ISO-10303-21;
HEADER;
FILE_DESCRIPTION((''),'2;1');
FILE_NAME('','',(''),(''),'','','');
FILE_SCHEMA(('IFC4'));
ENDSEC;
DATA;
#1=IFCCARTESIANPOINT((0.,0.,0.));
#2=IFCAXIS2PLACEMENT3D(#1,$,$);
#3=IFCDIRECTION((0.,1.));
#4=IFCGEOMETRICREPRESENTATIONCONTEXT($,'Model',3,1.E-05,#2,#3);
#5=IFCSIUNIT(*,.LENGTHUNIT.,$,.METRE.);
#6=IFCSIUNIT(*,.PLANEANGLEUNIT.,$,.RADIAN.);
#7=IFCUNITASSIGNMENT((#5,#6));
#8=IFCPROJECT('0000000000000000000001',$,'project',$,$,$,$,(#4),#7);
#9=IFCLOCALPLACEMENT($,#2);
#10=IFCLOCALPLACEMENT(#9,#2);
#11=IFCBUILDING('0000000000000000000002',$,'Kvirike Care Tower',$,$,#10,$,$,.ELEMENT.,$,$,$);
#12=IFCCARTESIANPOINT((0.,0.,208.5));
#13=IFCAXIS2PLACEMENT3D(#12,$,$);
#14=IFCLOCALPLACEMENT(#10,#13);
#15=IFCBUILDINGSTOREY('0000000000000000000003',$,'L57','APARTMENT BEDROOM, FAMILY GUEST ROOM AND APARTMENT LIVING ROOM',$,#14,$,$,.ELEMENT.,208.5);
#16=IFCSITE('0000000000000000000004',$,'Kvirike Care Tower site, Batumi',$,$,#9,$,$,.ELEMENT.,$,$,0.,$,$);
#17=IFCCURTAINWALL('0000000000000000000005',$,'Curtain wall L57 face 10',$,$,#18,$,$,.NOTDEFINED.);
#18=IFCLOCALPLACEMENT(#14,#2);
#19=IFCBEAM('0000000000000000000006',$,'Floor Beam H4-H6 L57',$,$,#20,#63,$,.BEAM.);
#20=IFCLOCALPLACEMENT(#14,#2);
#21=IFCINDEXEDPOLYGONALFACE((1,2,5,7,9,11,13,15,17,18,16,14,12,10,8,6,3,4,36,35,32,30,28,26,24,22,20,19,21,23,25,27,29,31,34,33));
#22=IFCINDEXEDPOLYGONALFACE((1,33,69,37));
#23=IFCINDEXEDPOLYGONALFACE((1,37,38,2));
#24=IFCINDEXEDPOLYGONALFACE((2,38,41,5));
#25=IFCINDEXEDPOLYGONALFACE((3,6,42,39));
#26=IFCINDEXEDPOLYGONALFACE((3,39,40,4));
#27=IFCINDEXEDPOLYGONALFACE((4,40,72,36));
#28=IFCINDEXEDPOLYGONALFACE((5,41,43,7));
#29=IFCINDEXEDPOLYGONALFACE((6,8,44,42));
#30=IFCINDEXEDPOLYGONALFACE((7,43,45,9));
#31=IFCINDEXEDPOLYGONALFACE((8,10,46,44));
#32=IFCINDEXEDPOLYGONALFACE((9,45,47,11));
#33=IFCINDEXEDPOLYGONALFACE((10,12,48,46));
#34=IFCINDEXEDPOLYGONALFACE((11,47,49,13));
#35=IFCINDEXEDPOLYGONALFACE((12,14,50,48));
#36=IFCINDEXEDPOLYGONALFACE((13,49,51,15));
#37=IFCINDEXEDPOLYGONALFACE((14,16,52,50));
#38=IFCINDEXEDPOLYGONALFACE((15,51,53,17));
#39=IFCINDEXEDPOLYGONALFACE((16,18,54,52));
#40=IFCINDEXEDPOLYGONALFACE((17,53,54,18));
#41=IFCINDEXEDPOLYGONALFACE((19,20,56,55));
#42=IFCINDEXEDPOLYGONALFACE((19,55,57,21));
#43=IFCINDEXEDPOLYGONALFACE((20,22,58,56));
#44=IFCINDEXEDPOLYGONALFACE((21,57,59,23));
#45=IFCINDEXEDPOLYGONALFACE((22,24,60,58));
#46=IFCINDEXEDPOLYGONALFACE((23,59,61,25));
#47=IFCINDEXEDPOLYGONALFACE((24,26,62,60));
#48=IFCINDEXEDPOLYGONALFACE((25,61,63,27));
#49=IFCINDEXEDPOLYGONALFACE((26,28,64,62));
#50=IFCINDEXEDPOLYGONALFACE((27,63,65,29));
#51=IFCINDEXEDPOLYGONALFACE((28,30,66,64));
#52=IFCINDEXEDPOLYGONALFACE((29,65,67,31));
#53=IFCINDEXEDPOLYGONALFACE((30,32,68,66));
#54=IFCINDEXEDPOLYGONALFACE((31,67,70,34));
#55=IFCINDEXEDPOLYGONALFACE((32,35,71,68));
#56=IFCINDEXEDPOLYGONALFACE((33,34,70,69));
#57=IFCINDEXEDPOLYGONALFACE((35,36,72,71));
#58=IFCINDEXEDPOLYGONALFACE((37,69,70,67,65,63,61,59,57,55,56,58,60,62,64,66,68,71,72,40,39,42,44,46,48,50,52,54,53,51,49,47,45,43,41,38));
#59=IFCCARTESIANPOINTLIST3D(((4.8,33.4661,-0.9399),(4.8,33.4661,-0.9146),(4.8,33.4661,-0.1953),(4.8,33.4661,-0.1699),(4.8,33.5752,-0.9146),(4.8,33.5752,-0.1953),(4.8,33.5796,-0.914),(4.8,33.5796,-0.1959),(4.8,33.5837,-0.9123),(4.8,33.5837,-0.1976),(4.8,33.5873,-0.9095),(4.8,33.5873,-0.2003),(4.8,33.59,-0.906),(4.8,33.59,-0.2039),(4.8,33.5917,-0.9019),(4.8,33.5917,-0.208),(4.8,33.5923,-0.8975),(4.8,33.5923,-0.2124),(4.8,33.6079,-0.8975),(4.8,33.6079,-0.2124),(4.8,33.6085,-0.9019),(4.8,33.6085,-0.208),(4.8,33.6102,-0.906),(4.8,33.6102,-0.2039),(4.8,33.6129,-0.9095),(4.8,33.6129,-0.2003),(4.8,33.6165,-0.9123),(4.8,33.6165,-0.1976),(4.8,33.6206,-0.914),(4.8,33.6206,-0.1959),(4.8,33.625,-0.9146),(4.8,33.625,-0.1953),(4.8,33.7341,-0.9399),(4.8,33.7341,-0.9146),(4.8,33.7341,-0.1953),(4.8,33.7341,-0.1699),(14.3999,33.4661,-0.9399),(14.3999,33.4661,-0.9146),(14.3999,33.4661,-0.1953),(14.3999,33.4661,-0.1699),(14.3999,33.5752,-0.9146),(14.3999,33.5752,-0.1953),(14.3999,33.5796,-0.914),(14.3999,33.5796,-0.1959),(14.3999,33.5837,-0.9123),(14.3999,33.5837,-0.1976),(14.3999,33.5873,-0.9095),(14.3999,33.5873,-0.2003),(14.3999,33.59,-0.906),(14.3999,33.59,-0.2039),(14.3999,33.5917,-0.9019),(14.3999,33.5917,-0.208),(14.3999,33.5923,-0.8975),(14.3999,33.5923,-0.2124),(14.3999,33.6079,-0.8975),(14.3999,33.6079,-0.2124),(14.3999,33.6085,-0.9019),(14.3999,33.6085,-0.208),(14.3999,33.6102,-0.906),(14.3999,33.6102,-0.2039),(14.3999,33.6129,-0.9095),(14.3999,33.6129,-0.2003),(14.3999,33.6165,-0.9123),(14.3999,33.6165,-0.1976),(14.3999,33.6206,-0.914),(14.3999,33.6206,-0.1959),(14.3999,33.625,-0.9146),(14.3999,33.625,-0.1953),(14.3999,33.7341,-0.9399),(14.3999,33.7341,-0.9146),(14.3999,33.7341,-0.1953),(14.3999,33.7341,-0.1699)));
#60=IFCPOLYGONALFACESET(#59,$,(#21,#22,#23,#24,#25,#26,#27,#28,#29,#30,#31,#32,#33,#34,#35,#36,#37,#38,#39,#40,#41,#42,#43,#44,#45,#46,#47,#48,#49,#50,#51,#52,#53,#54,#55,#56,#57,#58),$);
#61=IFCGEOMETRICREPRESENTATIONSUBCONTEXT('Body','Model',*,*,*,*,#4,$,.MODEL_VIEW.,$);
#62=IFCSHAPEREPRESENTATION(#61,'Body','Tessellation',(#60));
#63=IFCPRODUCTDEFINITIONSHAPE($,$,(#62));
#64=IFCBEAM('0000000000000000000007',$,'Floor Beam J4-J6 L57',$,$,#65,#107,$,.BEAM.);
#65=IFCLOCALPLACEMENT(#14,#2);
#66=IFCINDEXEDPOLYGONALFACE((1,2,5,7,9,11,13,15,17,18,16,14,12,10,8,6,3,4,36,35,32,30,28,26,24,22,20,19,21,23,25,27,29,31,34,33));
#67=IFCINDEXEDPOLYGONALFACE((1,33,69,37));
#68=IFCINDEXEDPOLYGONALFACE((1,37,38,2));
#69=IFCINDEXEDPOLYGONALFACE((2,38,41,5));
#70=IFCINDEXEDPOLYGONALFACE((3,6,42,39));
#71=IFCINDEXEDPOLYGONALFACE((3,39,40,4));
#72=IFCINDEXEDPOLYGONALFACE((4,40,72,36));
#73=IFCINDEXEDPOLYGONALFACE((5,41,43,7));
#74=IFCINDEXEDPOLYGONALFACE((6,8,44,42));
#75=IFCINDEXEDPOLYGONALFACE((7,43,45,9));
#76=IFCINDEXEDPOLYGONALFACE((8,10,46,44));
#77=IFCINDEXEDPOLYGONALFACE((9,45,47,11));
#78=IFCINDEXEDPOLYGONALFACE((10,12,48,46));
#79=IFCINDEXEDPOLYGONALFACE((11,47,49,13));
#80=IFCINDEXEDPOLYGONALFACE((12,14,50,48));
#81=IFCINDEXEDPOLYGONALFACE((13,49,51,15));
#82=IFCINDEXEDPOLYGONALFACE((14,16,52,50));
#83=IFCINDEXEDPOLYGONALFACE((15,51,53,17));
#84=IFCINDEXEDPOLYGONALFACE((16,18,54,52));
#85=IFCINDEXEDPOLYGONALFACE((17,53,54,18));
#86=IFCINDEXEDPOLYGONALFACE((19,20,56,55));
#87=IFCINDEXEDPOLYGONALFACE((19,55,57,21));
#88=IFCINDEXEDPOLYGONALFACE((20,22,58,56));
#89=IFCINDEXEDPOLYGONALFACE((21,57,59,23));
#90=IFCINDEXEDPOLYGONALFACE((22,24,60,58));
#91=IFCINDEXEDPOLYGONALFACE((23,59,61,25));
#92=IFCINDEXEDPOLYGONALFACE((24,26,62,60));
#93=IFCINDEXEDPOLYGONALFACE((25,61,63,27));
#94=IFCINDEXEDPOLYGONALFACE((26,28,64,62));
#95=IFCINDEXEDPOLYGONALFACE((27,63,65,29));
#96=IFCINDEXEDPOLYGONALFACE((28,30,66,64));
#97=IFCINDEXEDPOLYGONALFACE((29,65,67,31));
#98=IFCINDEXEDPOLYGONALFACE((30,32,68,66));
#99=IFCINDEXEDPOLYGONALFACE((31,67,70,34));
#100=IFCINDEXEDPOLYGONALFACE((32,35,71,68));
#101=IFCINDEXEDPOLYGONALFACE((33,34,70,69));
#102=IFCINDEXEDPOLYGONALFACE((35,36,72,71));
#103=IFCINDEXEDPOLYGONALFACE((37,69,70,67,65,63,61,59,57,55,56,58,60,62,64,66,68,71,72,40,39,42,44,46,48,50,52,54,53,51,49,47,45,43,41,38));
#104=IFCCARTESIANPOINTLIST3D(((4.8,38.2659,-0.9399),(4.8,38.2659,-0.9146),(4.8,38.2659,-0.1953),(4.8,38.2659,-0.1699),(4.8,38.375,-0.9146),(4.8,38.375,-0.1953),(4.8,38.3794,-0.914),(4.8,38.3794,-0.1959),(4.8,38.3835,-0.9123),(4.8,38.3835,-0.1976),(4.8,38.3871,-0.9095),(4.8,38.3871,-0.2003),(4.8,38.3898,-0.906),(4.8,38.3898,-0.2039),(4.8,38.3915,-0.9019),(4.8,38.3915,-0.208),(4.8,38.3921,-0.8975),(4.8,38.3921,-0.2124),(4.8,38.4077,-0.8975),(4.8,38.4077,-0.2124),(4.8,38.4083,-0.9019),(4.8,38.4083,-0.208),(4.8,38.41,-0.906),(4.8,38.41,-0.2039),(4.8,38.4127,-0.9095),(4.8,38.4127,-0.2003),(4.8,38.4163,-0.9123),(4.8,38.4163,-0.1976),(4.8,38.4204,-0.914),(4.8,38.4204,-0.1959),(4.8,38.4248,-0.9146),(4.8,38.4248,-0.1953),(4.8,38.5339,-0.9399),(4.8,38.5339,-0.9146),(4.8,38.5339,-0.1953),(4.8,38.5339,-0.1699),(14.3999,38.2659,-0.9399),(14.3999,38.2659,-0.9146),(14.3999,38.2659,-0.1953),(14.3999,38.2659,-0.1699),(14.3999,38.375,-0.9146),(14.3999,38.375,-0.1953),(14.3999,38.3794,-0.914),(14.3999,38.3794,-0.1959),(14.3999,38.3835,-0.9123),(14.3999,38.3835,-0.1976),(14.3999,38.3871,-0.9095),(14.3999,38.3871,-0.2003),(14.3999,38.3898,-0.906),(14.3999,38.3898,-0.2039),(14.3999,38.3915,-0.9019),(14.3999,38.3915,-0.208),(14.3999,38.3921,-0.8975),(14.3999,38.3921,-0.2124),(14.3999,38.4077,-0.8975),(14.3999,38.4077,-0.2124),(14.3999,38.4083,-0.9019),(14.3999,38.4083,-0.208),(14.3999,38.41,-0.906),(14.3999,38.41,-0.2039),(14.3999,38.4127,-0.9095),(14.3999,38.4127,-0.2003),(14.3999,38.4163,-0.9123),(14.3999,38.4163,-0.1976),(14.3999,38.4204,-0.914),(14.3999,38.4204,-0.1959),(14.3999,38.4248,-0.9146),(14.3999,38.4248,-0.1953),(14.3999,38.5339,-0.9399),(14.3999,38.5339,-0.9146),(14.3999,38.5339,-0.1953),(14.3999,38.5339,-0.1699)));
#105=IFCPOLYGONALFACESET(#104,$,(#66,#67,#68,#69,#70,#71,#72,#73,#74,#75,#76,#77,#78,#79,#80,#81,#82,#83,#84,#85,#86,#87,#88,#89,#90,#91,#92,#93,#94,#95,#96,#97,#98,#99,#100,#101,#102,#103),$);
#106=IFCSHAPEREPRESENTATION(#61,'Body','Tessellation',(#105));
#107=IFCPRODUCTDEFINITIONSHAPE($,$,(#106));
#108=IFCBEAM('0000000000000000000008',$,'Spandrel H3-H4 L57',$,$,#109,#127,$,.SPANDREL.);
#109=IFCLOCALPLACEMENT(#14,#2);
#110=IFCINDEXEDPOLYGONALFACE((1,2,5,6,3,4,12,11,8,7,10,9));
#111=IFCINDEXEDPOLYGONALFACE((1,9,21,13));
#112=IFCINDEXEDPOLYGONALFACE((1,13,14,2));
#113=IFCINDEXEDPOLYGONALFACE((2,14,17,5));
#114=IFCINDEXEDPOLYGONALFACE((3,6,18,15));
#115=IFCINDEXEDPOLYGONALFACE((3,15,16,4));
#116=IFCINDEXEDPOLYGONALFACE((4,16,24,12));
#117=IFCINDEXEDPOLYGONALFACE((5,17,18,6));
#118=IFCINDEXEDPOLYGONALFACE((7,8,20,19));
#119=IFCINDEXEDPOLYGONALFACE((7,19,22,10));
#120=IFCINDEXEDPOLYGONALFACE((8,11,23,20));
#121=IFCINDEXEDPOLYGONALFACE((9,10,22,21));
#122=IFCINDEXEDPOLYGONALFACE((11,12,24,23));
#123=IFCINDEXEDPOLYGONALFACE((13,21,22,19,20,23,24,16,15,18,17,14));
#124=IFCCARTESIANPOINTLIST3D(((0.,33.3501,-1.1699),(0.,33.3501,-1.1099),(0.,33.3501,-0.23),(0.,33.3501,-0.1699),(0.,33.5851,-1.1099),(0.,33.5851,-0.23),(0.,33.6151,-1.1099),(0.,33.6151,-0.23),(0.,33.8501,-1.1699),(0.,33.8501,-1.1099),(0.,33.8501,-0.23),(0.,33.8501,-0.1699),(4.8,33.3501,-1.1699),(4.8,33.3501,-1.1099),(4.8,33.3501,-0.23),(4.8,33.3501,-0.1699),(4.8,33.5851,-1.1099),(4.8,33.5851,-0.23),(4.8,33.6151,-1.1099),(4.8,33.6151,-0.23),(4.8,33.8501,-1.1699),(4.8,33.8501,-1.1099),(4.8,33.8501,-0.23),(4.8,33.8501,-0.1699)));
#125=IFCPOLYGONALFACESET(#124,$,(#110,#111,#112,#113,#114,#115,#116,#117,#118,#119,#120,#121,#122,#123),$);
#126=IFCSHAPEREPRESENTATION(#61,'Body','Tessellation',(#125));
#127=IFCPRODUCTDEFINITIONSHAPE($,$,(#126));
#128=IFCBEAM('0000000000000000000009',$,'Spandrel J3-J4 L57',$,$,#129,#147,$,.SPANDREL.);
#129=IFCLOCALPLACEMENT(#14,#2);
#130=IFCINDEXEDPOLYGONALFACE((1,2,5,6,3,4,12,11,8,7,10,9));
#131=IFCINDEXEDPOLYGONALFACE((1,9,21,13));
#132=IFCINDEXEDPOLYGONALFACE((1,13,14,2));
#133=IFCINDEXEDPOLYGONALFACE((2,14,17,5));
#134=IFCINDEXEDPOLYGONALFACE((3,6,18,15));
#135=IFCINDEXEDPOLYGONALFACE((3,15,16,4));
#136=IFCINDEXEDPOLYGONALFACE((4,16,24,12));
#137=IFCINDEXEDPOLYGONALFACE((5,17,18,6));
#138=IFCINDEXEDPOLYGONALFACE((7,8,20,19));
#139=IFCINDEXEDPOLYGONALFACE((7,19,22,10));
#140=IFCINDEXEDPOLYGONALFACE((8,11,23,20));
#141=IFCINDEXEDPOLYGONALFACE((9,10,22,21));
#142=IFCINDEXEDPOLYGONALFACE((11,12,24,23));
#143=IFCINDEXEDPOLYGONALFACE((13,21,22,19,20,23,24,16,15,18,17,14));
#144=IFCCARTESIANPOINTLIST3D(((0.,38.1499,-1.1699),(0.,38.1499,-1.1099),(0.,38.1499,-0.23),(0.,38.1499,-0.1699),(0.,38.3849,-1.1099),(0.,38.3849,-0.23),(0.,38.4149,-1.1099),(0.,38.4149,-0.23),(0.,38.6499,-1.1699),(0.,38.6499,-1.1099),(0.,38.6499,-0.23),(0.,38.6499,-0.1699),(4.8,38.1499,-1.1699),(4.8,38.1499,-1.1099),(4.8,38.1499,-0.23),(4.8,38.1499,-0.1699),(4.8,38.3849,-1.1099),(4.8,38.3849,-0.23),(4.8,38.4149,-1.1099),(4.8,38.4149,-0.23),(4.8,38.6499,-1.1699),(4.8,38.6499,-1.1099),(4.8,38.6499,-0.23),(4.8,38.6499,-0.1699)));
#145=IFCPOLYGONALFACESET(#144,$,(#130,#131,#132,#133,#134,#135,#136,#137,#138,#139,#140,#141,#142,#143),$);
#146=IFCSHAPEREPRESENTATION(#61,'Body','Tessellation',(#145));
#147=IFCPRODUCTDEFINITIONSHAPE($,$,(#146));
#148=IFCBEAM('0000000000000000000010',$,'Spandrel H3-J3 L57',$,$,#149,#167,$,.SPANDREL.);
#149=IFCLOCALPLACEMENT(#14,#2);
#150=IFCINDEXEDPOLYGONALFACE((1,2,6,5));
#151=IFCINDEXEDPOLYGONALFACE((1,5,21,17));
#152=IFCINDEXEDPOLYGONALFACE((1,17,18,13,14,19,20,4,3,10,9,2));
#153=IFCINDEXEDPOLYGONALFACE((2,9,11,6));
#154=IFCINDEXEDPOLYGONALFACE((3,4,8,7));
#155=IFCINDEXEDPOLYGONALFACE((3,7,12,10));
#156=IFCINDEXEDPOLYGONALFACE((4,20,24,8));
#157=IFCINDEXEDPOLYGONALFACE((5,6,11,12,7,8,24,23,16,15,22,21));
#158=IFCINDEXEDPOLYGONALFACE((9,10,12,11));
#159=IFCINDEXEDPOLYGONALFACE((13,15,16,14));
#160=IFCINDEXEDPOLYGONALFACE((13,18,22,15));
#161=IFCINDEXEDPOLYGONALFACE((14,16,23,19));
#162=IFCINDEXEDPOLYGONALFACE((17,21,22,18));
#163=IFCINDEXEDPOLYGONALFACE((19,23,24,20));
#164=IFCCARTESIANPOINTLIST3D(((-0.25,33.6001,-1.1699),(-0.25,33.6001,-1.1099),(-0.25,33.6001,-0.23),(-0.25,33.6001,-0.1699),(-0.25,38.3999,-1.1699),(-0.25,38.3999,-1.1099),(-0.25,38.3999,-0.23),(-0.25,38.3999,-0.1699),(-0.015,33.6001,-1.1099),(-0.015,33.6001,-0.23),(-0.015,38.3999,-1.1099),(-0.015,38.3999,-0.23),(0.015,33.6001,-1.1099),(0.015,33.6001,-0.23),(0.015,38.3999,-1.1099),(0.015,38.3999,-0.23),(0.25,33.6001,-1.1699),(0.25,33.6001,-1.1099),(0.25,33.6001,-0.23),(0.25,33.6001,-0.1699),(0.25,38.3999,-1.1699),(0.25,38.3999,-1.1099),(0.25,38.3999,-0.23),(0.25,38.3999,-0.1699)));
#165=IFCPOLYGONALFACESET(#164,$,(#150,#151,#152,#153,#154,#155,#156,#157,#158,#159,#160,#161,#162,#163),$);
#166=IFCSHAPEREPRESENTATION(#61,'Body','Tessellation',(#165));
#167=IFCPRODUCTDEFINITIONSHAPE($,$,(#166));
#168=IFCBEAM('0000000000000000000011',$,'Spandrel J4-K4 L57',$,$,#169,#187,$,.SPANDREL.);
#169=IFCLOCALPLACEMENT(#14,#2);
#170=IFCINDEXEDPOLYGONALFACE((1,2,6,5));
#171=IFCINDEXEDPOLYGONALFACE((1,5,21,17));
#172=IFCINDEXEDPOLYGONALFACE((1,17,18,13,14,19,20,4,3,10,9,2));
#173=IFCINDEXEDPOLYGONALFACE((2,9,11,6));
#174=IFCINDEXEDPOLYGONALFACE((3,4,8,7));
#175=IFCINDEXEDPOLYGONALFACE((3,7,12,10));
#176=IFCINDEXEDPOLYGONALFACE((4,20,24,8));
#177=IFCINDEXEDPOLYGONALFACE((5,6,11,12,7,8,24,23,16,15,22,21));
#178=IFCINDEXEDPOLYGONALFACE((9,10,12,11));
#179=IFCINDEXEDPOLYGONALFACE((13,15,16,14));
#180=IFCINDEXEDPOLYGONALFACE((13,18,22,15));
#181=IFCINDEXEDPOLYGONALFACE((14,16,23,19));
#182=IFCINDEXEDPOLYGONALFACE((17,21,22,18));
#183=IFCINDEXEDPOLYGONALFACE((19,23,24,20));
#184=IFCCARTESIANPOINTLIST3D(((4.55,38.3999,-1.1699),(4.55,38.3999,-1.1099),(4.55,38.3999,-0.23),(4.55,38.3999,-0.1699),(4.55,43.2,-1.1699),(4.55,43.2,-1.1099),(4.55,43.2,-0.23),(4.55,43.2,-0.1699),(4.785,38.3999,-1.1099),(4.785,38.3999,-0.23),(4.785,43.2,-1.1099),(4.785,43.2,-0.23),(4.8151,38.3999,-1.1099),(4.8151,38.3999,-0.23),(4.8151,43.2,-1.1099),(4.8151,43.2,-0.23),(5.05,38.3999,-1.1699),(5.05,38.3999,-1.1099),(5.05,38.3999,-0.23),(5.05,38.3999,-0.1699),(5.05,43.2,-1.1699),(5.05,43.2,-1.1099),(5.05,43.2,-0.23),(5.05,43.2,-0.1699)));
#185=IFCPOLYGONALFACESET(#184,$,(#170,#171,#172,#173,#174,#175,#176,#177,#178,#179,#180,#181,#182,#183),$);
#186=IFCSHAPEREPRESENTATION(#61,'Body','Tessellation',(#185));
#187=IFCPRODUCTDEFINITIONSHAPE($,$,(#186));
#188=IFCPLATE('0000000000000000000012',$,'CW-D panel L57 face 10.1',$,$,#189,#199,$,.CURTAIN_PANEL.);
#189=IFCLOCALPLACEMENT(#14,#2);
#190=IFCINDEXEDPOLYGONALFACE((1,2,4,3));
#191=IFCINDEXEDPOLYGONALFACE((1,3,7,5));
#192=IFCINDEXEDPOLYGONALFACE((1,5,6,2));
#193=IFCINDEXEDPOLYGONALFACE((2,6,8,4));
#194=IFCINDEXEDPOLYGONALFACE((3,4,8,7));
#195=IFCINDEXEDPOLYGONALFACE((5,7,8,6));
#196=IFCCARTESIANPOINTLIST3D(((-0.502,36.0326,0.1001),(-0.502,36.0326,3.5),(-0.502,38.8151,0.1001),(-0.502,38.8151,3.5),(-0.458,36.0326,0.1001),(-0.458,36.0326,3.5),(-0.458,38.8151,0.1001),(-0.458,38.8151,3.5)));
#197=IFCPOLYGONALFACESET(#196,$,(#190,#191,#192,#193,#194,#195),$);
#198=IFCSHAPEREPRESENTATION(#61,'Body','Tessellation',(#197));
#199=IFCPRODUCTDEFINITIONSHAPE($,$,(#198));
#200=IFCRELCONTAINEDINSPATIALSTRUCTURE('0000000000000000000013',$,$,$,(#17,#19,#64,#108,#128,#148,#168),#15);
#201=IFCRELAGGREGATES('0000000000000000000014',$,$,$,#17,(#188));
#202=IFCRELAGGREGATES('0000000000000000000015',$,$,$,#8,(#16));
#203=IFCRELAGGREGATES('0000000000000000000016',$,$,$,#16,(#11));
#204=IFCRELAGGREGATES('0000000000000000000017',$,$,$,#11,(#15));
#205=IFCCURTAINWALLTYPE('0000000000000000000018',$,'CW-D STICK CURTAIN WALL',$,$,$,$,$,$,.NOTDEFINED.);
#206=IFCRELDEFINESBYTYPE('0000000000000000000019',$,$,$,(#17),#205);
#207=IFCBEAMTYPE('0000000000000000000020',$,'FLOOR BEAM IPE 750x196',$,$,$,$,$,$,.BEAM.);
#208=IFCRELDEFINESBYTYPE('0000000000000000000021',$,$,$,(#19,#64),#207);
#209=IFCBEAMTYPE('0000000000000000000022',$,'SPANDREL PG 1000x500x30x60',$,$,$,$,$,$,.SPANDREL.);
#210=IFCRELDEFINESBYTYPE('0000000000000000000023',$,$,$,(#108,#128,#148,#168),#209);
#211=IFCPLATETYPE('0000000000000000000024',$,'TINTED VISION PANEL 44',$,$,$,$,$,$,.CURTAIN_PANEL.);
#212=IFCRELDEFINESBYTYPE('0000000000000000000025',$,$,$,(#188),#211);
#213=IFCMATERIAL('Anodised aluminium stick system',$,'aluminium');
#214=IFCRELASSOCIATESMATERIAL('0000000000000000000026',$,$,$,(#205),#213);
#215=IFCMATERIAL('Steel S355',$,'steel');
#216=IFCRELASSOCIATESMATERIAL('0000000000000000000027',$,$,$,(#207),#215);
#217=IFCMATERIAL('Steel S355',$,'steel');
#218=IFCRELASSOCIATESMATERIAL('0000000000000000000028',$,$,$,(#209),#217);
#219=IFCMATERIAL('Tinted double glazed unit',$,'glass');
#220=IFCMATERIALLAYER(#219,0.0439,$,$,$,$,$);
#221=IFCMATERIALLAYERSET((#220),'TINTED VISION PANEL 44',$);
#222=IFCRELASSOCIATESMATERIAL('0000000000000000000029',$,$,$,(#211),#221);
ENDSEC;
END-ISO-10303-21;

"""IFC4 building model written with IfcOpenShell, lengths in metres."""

from ifc_helpers import new_model, si_unit, direction, frame, origin, origin_2d, place, context, subcontext, project, spatial, rectangle, i_section, extrude, material, layer, layer_set, material_profile, profile_set, type_object, element, aggregate, save


model = new_model("IFC4")

# Units and contexts
model_context = context("Model", 3, precision=1e-05, world=origin(), true_north=direction((0.0, 1.0)))
body_context = subcontext(model_context, "Body", "Model", "MODEL_VIEW")
ifc_project = project(units=[si_unit("LENGTHUNIT", "METRE"), si_unit("PLANEANGLEUNIT", "RADIAN")], contexts=[model_context])

# Site, building, storey
site_placement = place(None, origin())
site = spatial("IfcSite", under=ifc_project, at=site_placement, Name="Kvirike Care Tower site, Batumi", CompositionType="ELEMENT", RefElevation=0.0)
building_placement = place(site_placement, origin())
building = spatial("IfcBuilding", under=site, at=building_placement, Name="Kvirike Care Tower", CompositionType="ELEMENT")
storey_placement = place(building_placement, frame((0.0, 0.0, 208.5)))
storey = spatial("IfcBuildingStorey", under=building, at=storey_placement, Name="L57", Description="APARTMENT BEDROOM, FAMILY GUEST ROOM AND APARTMENT LIVING ROOM", CompositionType="ELEMENT", Elevation=208.5)

# Curtain wall
ifc_material_1 = material(Name="Anodised aluminium stick system", Category="aluminium")
curtain_wall_type = type_object("IfcCurtainWallType", Name="CW-D STICK CURTAIN WALL", PredefinedType="NOTDEFINED", material=ifc_material_1)
curtain_wall_1_placement = place(storey_placement, origin())
curtain_wall_1 = element("IfcCurtainWall", 1, at=curtain_wall_1_placement, inside=storey, type_object=curtain_wall_type, Name="Curtain wall L57 face 10", PredefinedType="NOTDEFINED")

# Beams
ifc_material_2 = material(Name="Steel S355", Category="steel")
ifc_material_profile_1 = material_profile(ifc_material_2, i_section(OverallWidth=0.2681, OverallDepth=0.77, WebThickness=0.0156, FlangeThickness=0.0254, FilletRadius=0.0171, at=origin_2d()), Name="IPE 750x196")
ifc_profile_set_1 = profile_set([ifc_material_profile_1], Name="Steel S355")
beam_type_1 = type_object("IfcBeamType", Name="FLOOR BEAM IPE 750x196", PredefinedType="BEAM", material=ifc_profile_set_1)
for number, where, z_axis, x_axis, name in (
    (2, (4.8, 33.6001, -0.5549), (1.0, 0.0, 0.0), (0.0, 1.0, 0.0), "Floor Beam H4-H6 L57"),
    (3, (4.8, 38.3999, -0.5549), (1.0, 0.0, 0.0), (0.0, 1.0, 0.0), "Floor Beam J4-J6 L57"),
):
    element("IfcBeam", number, at=place(storey_placement, frame(where, z_axis=z_axis, x_axis=x_axis)), inside=storey, type_object=beam_type_1, Name=name, PredefinedType="BEAM", context=body_context, shape_type="SweptSolid", body=[
        extrude(i_section(OverallWidth=0.2681, OverallDepth=0.77, WebThickness=0.0156, FlangeThickness=0.0254, FilletRadius=0.0171, at=origin_2d()), origin(), (0.0, 0.0, 1.0), 9.5999),
    ])
ifc_material_3 = material(Name="Steel S355", Category="steel")
ifc_material_profile_2 = material_profile(ifc_material_3, i_section(OverallWidth=0.5, OverallDepth=1.0, WebThickness=0.03, FlangeThickness=0.0601, at=origin_2d()), Name="PG 1000x500x30x60")
ifc_profile_set_2 = profile_set([ifc_material_profile_2], Name="Steel S355")
beam_type_2 = type_object("IfcBeamType", Name="SPANDREL PG 1000x500x30x60", PredefinedType="SPANDREL", material=ifc_profile_set_2)
for number, where, z_axis, x_axis, name in (
    (4, (0.0, 33.6001, -0.6699), (1.0, 0.0, 0.0), (0.0, 1.0, 0.0), "Spandrel H3-H4 L57"),
    (5, (0.0, 38.3999, -0.6699), (1.0, 0.0, 0.0), (0.0, 1.0, 0.0), "Spandrel J3-J4 L57"),
):
    element("IfcBeam", number, at=place(storey_placement, frame(where, z_axis=z_axis, x_axis=x_axis)), inside=storey, type_object=beam_type_2, Name=name, PredefinedType="SPANDREL", context=body_context, shape_type="SweptSolid", body=[
        extrude(i_section(OverallWidth=0.5, OverallDepth=1.0, WebThickness=0.03, FlangeThickness=0.0601, at=origin_2d()), origin(), (0.0, 0.0, 1.0), 4.8),
    ])
beam_1_placement = place(storey_placement, frame((0.0, 33.6001, -0.6699), z_axis=(0.0, 1.0, 0.0), x_axis=(-1.0, 0.0, 0.0)))
element("IfcBeam", 6, at=beam_1_placement, inside=storey, type_object=beam_type_2, Name="Spandrel H3-J3 L57", PredefinedType="SPANDREL", context=body_context, shape_type="SweptSolid", body=[
    extrude(i_section(OverallWidth=0.5, OverallDepth=1.0, WebThickness=0.03, FlangeThickness=0.0601, at=origin_2d()), origin(), (0.0, 0.0, 1.0), 4.7998),
])
beam_2_placement = place(storey_placement, frame((4.8, 38.3999, -0.6699), z_axis=(0.0, 1.0, 0.0), x_axis=(-1.0, 0.0, 0.0)))
element("IfcBeam", 7, at=beam_2_placement, inside=storey, type_object=beam_type_2, Name="Spandrel J4-K4 L57", PredefinedType="SPANDREL", context=body_context, shape_type="SweptSolid", body=[
    extrude(i_section(OverallWidth=0.5, OverallDepth=1.0, WebThickness=0.03, FlangeThickness=0.0601, at=origin_2d()), origin(), (0.0, 0.0, 1.0), 4.8),
])

# Plate
ifc_material_4 = material(Name="Tinted double glazed unit", Category="glass")
ifc_layer_1 = layer(ifc_material_4, 0.0439)
ifc_layer_set_1 = layer_set([ifc_layer_1], Name="TINTED VISION PANEL 44")
plate_type = type_object("IfcPlateType", Name="TINTED VISION PANEL 44", PredefinedType="CURTAIN_PANEL", material=ifc_layer_set_1)
plate_1_placement = place(storey_placement, frame((-0.48, 37.4238, 0.1001), z_axis=(0.0, 0.0, 1.0), x_axis=(0.0, -1.0, 0.0)))
plate_1 = element("IfcPlate", 8, at=plate_1_placement, type_object=plate_type, Name="CW-D panel L57 face 10.1", PredefinedType="CURTAIN_PANEL", context=body_context, shape_type="SweptSolid", body=[
    extrude(rectangle(XDim=2.7825, YDim=0.0439, at=origin_2d()), origin(), (0.0, 0.0, 1.0), 3.3999),
])
aggregate(curtain_wall_1, [plate_1])

save(model, "model.ifc")
